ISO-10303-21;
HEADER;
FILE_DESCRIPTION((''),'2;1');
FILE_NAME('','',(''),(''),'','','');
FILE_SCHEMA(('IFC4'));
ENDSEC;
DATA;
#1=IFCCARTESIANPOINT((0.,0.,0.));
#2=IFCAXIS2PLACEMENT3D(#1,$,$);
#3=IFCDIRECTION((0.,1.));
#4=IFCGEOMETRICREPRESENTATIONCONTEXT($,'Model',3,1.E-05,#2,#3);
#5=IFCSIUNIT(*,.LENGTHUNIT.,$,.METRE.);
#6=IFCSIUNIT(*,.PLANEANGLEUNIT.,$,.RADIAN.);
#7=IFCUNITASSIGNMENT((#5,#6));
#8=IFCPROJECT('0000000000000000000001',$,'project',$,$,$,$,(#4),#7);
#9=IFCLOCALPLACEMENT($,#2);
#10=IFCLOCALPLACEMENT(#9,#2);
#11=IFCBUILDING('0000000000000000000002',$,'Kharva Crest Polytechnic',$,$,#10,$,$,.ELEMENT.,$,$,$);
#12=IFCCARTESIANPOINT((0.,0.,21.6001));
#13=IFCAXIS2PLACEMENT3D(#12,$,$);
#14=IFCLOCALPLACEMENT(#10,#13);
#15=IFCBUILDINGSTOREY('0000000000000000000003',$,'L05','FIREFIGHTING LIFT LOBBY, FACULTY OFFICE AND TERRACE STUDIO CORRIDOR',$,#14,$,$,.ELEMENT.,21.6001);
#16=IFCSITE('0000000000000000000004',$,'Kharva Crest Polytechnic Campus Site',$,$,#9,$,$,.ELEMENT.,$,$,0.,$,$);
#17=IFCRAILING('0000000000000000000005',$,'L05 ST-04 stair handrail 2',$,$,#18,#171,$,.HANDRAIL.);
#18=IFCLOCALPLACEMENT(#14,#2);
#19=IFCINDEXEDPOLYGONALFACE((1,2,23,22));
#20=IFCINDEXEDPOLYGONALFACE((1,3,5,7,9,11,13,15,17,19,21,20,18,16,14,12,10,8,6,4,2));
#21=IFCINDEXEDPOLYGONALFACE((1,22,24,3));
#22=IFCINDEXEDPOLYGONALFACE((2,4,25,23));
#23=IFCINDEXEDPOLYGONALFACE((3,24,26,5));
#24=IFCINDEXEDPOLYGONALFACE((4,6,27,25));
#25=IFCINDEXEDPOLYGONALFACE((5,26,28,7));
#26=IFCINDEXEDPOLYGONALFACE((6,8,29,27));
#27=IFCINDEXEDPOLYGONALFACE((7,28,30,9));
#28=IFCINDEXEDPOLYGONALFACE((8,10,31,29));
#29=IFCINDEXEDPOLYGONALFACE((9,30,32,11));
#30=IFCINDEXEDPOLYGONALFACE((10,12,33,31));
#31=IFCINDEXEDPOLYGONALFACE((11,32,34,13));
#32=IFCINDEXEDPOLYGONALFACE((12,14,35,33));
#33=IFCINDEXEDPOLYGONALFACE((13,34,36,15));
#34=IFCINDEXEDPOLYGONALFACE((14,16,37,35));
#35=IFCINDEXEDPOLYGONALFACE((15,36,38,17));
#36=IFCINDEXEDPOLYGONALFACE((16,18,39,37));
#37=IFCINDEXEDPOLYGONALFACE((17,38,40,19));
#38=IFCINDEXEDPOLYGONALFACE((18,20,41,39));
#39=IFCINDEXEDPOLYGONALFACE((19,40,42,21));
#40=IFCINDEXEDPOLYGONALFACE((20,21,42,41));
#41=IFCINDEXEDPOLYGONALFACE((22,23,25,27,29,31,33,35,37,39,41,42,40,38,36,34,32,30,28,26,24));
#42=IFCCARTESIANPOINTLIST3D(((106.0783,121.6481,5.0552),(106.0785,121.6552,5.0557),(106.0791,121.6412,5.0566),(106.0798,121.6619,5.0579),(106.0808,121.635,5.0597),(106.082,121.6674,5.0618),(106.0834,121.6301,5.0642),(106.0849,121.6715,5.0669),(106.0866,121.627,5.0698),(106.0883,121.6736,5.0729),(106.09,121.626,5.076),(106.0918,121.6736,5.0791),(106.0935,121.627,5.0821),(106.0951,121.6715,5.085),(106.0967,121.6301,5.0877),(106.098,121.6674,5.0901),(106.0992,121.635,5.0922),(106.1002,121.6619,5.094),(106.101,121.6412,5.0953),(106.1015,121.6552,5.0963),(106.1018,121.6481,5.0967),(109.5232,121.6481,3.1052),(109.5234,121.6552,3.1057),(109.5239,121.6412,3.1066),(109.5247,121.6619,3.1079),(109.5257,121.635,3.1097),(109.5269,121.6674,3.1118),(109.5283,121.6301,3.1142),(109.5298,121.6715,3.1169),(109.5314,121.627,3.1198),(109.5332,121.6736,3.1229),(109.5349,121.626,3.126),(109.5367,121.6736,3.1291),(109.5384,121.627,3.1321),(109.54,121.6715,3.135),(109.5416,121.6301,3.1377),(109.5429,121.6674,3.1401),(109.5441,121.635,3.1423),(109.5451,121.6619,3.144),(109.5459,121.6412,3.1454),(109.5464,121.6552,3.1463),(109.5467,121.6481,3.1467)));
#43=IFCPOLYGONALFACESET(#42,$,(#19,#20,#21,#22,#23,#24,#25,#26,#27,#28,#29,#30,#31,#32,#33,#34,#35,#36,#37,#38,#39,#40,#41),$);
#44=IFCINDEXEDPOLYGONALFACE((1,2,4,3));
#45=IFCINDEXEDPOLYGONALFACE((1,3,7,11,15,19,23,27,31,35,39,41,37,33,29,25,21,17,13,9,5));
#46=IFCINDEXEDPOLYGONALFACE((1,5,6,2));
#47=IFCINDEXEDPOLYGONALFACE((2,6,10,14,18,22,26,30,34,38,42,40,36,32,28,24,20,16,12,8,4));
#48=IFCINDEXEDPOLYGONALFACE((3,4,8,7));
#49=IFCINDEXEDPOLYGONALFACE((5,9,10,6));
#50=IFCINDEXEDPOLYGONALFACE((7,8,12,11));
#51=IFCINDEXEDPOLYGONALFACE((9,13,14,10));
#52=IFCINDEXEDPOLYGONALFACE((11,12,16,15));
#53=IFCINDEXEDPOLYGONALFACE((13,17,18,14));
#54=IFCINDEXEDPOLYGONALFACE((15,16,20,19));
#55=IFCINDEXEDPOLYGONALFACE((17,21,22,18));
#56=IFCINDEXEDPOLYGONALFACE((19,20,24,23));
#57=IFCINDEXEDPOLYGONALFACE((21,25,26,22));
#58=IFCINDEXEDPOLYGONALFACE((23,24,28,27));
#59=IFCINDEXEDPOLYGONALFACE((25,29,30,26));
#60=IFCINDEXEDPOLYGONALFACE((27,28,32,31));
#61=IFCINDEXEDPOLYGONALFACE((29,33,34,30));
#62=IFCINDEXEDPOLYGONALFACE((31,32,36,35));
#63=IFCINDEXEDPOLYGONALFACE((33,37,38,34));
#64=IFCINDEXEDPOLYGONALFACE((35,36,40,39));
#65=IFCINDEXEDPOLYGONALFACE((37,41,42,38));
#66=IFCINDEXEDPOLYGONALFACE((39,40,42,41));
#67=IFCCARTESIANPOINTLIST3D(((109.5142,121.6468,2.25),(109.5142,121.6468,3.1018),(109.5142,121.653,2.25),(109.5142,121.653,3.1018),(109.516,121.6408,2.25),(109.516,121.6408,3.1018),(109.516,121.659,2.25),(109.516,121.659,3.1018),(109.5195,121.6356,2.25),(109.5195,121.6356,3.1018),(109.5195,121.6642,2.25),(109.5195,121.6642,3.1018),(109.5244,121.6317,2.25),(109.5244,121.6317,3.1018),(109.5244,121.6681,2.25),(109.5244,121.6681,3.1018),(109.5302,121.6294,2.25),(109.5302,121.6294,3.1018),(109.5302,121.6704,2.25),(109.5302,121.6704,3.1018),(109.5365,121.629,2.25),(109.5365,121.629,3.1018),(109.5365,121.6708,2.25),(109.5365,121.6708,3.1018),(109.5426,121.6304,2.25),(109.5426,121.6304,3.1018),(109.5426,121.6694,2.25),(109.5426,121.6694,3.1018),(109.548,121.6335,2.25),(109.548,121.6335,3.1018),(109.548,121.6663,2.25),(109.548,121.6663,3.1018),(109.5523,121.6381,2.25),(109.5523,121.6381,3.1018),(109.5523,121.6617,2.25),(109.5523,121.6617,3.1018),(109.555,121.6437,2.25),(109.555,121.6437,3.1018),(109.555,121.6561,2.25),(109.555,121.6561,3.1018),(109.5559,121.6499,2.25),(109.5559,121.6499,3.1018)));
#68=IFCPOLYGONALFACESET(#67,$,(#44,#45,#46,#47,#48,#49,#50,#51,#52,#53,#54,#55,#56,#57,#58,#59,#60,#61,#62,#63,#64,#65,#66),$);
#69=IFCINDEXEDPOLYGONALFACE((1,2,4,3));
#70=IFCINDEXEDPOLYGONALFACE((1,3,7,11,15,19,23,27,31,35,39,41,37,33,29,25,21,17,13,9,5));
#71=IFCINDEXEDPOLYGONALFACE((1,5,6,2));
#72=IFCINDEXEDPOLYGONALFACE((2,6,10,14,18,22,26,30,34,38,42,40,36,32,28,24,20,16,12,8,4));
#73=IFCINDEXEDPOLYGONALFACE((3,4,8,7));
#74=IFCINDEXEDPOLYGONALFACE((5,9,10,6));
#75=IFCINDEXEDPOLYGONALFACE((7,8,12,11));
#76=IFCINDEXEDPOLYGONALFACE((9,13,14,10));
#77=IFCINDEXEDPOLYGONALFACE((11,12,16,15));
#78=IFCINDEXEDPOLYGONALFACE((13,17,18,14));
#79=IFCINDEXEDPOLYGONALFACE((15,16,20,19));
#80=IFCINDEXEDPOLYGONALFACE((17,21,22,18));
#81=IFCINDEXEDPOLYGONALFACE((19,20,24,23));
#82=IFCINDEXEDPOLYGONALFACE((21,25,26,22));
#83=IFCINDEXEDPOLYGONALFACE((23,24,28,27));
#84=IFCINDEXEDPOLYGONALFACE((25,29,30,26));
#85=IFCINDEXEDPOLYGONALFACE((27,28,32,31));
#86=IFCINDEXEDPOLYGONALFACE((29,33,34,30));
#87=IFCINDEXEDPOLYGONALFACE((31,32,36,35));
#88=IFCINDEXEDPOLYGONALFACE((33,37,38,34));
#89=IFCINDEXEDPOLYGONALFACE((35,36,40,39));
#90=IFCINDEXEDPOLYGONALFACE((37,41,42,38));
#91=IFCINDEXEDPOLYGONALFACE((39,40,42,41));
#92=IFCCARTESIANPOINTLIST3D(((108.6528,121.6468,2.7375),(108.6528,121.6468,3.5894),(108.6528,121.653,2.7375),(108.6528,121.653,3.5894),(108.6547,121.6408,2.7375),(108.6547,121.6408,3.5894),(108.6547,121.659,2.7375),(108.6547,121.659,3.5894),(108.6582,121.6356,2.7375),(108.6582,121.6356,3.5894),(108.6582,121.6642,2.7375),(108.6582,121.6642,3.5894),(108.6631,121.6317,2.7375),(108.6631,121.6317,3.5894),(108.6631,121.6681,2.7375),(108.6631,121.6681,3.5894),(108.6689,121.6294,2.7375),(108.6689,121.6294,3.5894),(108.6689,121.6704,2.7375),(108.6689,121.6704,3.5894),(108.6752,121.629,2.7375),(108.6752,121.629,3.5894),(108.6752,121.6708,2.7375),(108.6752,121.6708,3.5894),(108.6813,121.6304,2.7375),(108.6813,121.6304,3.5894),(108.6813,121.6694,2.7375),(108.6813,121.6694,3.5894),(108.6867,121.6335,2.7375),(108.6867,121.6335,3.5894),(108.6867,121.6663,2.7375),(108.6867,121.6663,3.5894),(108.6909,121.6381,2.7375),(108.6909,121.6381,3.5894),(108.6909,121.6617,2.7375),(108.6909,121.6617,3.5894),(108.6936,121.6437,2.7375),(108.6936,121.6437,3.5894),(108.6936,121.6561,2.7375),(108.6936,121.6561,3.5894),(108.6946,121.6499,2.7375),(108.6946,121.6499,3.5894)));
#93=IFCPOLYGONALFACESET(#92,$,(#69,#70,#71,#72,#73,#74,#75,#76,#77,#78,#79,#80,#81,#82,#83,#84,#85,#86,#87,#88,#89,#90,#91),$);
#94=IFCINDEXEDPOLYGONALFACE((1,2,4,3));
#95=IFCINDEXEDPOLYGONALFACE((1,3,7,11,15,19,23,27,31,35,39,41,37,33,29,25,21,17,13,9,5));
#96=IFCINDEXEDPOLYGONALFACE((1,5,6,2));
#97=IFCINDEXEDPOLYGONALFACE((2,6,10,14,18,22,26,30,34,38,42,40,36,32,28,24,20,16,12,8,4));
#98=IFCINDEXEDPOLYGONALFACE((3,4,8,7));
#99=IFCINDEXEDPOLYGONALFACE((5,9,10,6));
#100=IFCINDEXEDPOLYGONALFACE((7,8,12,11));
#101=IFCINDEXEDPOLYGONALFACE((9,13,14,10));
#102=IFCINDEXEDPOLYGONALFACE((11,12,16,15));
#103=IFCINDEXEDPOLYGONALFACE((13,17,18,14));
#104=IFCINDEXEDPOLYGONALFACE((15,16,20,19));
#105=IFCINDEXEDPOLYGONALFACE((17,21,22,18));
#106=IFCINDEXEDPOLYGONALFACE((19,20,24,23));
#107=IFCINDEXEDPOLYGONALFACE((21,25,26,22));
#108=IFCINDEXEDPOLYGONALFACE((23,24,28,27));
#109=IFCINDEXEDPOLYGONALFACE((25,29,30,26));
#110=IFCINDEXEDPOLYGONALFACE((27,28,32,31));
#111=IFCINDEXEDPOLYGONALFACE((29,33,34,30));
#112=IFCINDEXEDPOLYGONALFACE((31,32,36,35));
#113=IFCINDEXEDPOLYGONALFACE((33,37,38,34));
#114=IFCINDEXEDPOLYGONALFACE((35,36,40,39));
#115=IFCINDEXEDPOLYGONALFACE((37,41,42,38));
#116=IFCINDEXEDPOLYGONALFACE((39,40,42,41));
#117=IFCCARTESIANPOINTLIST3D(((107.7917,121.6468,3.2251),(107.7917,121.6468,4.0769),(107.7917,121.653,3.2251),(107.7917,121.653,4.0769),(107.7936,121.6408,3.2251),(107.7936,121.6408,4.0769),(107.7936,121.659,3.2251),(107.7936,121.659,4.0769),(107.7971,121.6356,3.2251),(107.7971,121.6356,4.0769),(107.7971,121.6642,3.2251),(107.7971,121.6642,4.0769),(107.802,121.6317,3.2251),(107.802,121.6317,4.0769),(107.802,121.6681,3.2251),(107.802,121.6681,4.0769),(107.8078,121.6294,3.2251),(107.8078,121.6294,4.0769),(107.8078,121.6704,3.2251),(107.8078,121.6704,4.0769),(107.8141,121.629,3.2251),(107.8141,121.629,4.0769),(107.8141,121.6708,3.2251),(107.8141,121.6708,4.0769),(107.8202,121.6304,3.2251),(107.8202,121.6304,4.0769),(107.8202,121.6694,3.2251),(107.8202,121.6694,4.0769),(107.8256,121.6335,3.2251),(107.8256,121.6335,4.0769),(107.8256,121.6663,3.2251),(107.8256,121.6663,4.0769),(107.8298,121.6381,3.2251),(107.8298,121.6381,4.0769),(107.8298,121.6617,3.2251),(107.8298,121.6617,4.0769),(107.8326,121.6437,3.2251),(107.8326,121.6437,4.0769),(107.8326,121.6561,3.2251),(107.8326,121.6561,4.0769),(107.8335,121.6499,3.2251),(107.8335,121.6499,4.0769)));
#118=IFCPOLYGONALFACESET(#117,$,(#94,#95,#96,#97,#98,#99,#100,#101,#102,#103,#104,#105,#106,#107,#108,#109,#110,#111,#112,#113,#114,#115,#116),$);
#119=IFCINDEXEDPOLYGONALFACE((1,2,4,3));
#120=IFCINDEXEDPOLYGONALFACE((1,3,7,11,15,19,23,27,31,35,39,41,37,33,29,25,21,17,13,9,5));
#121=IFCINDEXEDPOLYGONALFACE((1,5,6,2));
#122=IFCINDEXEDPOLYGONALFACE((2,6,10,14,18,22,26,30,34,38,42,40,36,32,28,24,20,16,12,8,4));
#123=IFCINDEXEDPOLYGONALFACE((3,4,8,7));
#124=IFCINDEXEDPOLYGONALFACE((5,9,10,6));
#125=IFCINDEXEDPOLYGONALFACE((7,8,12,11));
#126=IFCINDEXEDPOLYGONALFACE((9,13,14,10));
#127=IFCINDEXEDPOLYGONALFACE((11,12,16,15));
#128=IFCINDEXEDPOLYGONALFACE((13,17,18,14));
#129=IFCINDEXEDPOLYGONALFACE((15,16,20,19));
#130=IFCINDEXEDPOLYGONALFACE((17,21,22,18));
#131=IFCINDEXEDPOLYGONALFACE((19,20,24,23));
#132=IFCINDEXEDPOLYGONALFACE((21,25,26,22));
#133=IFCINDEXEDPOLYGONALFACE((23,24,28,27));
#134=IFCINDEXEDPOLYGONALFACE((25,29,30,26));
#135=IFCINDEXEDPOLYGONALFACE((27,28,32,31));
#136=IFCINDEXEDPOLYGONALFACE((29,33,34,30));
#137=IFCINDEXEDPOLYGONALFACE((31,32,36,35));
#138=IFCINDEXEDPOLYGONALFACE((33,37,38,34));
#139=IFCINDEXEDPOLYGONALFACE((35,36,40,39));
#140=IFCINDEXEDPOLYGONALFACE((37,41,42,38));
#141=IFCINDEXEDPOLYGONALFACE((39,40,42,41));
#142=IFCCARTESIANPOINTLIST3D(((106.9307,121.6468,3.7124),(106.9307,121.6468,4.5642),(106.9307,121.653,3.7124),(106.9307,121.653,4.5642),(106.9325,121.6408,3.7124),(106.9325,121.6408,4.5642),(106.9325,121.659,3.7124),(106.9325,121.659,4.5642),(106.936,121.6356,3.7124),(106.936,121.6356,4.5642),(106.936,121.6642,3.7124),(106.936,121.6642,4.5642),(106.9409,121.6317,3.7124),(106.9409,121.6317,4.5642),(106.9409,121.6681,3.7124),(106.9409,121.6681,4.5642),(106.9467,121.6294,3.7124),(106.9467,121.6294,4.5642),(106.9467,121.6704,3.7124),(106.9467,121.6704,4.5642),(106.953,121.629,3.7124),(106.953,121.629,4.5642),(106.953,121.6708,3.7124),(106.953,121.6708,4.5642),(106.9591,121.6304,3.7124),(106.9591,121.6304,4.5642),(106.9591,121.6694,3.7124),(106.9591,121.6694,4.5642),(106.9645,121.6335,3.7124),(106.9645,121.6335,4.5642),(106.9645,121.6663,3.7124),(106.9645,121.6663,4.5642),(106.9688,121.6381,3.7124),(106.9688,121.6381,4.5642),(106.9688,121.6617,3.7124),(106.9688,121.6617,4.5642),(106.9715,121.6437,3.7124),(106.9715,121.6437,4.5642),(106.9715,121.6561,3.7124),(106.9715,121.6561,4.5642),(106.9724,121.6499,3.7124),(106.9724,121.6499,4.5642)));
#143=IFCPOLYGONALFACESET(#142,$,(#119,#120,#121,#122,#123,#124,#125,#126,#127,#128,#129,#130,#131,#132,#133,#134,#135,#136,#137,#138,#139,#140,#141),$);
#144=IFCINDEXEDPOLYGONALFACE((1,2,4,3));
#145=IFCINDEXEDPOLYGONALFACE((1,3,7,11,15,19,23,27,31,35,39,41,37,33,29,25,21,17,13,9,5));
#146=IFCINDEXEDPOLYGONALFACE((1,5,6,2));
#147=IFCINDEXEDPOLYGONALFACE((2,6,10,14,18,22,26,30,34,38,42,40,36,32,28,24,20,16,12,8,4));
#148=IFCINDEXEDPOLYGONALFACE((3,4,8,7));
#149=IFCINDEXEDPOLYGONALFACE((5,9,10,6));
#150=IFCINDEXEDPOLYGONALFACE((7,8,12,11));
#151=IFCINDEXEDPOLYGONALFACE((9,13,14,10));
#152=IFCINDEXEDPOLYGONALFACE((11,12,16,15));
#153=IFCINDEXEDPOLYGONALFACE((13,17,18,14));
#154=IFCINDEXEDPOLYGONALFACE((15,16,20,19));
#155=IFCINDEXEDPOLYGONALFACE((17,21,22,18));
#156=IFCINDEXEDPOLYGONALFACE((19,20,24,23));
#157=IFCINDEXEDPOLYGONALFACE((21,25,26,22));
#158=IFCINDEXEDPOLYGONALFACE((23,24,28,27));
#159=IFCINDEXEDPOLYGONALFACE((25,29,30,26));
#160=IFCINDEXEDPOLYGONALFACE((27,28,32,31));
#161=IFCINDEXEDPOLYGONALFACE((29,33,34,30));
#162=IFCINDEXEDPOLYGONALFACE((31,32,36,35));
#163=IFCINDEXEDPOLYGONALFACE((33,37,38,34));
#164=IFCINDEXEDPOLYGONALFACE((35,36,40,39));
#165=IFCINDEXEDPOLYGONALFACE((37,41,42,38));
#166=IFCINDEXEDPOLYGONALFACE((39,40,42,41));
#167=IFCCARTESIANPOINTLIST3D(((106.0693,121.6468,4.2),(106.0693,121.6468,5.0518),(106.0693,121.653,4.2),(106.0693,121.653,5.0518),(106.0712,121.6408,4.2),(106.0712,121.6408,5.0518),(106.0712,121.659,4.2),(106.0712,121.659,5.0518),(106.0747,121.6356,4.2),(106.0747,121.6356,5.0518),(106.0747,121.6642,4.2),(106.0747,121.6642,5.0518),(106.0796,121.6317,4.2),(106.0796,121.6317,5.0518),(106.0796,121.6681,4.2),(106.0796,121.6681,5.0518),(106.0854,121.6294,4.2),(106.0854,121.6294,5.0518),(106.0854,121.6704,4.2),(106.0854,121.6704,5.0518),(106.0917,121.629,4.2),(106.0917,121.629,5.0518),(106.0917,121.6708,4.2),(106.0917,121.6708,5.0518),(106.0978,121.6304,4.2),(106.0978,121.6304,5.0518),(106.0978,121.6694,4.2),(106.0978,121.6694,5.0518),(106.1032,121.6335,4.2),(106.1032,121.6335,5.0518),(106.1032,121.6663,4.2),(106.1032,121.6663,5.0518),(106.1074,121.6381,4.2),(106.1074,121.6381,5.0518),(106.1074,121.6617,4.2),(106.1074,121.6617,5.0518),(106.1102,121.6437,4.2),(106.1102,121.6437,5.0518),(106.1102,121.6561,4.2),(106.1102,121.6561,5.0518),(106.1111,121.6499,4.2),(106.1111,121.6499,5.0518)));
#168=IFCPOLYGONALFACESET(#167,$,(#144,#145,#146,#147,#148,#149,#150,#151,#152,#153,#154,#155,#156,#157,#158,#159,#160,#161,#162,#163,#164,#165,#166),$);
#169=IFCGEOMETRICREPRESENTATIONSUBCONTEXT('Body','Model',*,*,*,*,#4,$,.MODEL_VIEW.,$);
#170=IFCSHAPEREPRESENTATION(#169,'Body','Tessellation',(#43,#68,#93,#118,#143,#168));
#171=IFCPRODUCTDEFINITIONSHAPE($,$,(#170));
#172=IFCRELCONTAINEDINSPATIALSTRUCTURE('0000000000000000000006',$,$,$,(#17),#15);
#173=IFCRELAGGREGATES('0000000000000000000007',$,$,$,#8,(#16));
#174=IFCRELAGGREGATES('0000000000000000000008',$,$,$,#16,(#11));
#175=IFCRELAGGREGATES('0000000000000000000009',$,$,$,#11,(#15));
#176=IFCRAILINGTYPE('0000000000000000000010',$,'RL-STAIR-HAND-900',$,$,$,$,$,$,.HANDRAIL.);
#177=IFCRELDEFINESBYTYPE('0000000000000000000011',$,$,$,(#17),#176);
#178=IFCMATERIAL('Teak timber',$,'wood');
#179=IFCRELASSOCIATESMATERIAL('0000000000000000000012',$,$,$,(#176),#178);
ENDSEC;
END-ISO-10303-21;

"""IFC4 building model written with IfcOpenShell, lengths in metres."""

from ifc_helpers import new_model, si_unit, direction, frame, origin, origin_2d, place, context, subcontext, project, spatial, circle, extrude, material, type_object, element, save


model = new_model("IFC4")

# Units and contexts
model_context = context("Model", 3, precision=1e-05, world=origin(), true_north=direction((0.0, 1.0)))
body_context = subcontext(model_context, "Body", "Model", "MODEL_VIEW")
ifc_project = project(units=[si_unit("LENGTHUNIT", "METRE"), si_unit("PLANEANGLEUNIT", "RADIAN")], contexts=[model_context])

# Site, building, storey
site_placement = place(None, origin())
site = spatial("IfcSite", under=ifc_project, at=site_placement, Name="Kharva Crest Polytechnic Campus Site", CompositionType="ELEMENT", RefElevation=0.0)
building_placement = place(site_placement, origin())
building = spatial("IfcBuilding", under=site, at=building_placement, Name="Kharva Crest Polytechnic", CompositionType="ELEMENT")
storey_placement = place(building_placement, frame((0.0, 0.0, 21.6001)))
storey = spatial("IfcBuildingStorey", under=building, at=storey_placement, Name="L05", Description="FIREFIGHTING LIFT LOBBY, FACULTY OFFICE AND TERRACE STUDIO CORRIDOR", CompositionType="ELEMENT", Elevation=21.6001)

# Shared definitions
ifc_material_1 = material(Name="Teak timber", Category="wood")

# Railing
railing_type_1 = type_object("IfcRailingType", Name="RL-STAIR-HAND-900", PredefinedType="HANDRAIL", material=ifc_material_1)
railing_1_placement = place(storey_placement, frame((109.5349, 121.6499, 2.25)))
element("IfcRailing", 1, at=railing_1_placement, inside=storey, type_object=railing_type_1, Name="L05 ST-04 stair handrail 2", PredefinedType="HANDRAIL", context=body_context, shape_type="SweptSolid", body=[
    extrude(circle(Radius=0.0239, at=origin_2d()), frame((0.0, 0.0, 0.876), z_axis=(-0.870251, 0.0, 0.492608), x_axis=(0.0, -1.0, 0.0)), (0.0, 0.0, 1.0), 3.9585),
    extrude(circle(Radius=0.021, at=origin_2d()), origin(), (0.0, 0.0, 1.0), 0.8518),
    extrude(circle(Radius=0.021, at=origin_2d()), frame((-0.8613, 0.0, 0.4875)), (0.0, 0.0, 1.0), 0.8518),
    extrude(circle(Radius=0.021, at=origin_2d()), frame((-1.7224, 0.0, 0.9751)), (0.0, 0.0, 1.0), 0.8518),
    extrude(circle(Radius=0.021, at=origin_2d()), frame((-2.5835, 0.0, 1.4624)), (0.0, 0.0, 1.0), 0.8518),
    extrude(circle(Radius=0.021, at=origin_2d()), frame((-3.4448, 0.0, 1.95)), (0.0, 0.0, 1.0), 0.8518),
])

save(model, "model.ifc")
